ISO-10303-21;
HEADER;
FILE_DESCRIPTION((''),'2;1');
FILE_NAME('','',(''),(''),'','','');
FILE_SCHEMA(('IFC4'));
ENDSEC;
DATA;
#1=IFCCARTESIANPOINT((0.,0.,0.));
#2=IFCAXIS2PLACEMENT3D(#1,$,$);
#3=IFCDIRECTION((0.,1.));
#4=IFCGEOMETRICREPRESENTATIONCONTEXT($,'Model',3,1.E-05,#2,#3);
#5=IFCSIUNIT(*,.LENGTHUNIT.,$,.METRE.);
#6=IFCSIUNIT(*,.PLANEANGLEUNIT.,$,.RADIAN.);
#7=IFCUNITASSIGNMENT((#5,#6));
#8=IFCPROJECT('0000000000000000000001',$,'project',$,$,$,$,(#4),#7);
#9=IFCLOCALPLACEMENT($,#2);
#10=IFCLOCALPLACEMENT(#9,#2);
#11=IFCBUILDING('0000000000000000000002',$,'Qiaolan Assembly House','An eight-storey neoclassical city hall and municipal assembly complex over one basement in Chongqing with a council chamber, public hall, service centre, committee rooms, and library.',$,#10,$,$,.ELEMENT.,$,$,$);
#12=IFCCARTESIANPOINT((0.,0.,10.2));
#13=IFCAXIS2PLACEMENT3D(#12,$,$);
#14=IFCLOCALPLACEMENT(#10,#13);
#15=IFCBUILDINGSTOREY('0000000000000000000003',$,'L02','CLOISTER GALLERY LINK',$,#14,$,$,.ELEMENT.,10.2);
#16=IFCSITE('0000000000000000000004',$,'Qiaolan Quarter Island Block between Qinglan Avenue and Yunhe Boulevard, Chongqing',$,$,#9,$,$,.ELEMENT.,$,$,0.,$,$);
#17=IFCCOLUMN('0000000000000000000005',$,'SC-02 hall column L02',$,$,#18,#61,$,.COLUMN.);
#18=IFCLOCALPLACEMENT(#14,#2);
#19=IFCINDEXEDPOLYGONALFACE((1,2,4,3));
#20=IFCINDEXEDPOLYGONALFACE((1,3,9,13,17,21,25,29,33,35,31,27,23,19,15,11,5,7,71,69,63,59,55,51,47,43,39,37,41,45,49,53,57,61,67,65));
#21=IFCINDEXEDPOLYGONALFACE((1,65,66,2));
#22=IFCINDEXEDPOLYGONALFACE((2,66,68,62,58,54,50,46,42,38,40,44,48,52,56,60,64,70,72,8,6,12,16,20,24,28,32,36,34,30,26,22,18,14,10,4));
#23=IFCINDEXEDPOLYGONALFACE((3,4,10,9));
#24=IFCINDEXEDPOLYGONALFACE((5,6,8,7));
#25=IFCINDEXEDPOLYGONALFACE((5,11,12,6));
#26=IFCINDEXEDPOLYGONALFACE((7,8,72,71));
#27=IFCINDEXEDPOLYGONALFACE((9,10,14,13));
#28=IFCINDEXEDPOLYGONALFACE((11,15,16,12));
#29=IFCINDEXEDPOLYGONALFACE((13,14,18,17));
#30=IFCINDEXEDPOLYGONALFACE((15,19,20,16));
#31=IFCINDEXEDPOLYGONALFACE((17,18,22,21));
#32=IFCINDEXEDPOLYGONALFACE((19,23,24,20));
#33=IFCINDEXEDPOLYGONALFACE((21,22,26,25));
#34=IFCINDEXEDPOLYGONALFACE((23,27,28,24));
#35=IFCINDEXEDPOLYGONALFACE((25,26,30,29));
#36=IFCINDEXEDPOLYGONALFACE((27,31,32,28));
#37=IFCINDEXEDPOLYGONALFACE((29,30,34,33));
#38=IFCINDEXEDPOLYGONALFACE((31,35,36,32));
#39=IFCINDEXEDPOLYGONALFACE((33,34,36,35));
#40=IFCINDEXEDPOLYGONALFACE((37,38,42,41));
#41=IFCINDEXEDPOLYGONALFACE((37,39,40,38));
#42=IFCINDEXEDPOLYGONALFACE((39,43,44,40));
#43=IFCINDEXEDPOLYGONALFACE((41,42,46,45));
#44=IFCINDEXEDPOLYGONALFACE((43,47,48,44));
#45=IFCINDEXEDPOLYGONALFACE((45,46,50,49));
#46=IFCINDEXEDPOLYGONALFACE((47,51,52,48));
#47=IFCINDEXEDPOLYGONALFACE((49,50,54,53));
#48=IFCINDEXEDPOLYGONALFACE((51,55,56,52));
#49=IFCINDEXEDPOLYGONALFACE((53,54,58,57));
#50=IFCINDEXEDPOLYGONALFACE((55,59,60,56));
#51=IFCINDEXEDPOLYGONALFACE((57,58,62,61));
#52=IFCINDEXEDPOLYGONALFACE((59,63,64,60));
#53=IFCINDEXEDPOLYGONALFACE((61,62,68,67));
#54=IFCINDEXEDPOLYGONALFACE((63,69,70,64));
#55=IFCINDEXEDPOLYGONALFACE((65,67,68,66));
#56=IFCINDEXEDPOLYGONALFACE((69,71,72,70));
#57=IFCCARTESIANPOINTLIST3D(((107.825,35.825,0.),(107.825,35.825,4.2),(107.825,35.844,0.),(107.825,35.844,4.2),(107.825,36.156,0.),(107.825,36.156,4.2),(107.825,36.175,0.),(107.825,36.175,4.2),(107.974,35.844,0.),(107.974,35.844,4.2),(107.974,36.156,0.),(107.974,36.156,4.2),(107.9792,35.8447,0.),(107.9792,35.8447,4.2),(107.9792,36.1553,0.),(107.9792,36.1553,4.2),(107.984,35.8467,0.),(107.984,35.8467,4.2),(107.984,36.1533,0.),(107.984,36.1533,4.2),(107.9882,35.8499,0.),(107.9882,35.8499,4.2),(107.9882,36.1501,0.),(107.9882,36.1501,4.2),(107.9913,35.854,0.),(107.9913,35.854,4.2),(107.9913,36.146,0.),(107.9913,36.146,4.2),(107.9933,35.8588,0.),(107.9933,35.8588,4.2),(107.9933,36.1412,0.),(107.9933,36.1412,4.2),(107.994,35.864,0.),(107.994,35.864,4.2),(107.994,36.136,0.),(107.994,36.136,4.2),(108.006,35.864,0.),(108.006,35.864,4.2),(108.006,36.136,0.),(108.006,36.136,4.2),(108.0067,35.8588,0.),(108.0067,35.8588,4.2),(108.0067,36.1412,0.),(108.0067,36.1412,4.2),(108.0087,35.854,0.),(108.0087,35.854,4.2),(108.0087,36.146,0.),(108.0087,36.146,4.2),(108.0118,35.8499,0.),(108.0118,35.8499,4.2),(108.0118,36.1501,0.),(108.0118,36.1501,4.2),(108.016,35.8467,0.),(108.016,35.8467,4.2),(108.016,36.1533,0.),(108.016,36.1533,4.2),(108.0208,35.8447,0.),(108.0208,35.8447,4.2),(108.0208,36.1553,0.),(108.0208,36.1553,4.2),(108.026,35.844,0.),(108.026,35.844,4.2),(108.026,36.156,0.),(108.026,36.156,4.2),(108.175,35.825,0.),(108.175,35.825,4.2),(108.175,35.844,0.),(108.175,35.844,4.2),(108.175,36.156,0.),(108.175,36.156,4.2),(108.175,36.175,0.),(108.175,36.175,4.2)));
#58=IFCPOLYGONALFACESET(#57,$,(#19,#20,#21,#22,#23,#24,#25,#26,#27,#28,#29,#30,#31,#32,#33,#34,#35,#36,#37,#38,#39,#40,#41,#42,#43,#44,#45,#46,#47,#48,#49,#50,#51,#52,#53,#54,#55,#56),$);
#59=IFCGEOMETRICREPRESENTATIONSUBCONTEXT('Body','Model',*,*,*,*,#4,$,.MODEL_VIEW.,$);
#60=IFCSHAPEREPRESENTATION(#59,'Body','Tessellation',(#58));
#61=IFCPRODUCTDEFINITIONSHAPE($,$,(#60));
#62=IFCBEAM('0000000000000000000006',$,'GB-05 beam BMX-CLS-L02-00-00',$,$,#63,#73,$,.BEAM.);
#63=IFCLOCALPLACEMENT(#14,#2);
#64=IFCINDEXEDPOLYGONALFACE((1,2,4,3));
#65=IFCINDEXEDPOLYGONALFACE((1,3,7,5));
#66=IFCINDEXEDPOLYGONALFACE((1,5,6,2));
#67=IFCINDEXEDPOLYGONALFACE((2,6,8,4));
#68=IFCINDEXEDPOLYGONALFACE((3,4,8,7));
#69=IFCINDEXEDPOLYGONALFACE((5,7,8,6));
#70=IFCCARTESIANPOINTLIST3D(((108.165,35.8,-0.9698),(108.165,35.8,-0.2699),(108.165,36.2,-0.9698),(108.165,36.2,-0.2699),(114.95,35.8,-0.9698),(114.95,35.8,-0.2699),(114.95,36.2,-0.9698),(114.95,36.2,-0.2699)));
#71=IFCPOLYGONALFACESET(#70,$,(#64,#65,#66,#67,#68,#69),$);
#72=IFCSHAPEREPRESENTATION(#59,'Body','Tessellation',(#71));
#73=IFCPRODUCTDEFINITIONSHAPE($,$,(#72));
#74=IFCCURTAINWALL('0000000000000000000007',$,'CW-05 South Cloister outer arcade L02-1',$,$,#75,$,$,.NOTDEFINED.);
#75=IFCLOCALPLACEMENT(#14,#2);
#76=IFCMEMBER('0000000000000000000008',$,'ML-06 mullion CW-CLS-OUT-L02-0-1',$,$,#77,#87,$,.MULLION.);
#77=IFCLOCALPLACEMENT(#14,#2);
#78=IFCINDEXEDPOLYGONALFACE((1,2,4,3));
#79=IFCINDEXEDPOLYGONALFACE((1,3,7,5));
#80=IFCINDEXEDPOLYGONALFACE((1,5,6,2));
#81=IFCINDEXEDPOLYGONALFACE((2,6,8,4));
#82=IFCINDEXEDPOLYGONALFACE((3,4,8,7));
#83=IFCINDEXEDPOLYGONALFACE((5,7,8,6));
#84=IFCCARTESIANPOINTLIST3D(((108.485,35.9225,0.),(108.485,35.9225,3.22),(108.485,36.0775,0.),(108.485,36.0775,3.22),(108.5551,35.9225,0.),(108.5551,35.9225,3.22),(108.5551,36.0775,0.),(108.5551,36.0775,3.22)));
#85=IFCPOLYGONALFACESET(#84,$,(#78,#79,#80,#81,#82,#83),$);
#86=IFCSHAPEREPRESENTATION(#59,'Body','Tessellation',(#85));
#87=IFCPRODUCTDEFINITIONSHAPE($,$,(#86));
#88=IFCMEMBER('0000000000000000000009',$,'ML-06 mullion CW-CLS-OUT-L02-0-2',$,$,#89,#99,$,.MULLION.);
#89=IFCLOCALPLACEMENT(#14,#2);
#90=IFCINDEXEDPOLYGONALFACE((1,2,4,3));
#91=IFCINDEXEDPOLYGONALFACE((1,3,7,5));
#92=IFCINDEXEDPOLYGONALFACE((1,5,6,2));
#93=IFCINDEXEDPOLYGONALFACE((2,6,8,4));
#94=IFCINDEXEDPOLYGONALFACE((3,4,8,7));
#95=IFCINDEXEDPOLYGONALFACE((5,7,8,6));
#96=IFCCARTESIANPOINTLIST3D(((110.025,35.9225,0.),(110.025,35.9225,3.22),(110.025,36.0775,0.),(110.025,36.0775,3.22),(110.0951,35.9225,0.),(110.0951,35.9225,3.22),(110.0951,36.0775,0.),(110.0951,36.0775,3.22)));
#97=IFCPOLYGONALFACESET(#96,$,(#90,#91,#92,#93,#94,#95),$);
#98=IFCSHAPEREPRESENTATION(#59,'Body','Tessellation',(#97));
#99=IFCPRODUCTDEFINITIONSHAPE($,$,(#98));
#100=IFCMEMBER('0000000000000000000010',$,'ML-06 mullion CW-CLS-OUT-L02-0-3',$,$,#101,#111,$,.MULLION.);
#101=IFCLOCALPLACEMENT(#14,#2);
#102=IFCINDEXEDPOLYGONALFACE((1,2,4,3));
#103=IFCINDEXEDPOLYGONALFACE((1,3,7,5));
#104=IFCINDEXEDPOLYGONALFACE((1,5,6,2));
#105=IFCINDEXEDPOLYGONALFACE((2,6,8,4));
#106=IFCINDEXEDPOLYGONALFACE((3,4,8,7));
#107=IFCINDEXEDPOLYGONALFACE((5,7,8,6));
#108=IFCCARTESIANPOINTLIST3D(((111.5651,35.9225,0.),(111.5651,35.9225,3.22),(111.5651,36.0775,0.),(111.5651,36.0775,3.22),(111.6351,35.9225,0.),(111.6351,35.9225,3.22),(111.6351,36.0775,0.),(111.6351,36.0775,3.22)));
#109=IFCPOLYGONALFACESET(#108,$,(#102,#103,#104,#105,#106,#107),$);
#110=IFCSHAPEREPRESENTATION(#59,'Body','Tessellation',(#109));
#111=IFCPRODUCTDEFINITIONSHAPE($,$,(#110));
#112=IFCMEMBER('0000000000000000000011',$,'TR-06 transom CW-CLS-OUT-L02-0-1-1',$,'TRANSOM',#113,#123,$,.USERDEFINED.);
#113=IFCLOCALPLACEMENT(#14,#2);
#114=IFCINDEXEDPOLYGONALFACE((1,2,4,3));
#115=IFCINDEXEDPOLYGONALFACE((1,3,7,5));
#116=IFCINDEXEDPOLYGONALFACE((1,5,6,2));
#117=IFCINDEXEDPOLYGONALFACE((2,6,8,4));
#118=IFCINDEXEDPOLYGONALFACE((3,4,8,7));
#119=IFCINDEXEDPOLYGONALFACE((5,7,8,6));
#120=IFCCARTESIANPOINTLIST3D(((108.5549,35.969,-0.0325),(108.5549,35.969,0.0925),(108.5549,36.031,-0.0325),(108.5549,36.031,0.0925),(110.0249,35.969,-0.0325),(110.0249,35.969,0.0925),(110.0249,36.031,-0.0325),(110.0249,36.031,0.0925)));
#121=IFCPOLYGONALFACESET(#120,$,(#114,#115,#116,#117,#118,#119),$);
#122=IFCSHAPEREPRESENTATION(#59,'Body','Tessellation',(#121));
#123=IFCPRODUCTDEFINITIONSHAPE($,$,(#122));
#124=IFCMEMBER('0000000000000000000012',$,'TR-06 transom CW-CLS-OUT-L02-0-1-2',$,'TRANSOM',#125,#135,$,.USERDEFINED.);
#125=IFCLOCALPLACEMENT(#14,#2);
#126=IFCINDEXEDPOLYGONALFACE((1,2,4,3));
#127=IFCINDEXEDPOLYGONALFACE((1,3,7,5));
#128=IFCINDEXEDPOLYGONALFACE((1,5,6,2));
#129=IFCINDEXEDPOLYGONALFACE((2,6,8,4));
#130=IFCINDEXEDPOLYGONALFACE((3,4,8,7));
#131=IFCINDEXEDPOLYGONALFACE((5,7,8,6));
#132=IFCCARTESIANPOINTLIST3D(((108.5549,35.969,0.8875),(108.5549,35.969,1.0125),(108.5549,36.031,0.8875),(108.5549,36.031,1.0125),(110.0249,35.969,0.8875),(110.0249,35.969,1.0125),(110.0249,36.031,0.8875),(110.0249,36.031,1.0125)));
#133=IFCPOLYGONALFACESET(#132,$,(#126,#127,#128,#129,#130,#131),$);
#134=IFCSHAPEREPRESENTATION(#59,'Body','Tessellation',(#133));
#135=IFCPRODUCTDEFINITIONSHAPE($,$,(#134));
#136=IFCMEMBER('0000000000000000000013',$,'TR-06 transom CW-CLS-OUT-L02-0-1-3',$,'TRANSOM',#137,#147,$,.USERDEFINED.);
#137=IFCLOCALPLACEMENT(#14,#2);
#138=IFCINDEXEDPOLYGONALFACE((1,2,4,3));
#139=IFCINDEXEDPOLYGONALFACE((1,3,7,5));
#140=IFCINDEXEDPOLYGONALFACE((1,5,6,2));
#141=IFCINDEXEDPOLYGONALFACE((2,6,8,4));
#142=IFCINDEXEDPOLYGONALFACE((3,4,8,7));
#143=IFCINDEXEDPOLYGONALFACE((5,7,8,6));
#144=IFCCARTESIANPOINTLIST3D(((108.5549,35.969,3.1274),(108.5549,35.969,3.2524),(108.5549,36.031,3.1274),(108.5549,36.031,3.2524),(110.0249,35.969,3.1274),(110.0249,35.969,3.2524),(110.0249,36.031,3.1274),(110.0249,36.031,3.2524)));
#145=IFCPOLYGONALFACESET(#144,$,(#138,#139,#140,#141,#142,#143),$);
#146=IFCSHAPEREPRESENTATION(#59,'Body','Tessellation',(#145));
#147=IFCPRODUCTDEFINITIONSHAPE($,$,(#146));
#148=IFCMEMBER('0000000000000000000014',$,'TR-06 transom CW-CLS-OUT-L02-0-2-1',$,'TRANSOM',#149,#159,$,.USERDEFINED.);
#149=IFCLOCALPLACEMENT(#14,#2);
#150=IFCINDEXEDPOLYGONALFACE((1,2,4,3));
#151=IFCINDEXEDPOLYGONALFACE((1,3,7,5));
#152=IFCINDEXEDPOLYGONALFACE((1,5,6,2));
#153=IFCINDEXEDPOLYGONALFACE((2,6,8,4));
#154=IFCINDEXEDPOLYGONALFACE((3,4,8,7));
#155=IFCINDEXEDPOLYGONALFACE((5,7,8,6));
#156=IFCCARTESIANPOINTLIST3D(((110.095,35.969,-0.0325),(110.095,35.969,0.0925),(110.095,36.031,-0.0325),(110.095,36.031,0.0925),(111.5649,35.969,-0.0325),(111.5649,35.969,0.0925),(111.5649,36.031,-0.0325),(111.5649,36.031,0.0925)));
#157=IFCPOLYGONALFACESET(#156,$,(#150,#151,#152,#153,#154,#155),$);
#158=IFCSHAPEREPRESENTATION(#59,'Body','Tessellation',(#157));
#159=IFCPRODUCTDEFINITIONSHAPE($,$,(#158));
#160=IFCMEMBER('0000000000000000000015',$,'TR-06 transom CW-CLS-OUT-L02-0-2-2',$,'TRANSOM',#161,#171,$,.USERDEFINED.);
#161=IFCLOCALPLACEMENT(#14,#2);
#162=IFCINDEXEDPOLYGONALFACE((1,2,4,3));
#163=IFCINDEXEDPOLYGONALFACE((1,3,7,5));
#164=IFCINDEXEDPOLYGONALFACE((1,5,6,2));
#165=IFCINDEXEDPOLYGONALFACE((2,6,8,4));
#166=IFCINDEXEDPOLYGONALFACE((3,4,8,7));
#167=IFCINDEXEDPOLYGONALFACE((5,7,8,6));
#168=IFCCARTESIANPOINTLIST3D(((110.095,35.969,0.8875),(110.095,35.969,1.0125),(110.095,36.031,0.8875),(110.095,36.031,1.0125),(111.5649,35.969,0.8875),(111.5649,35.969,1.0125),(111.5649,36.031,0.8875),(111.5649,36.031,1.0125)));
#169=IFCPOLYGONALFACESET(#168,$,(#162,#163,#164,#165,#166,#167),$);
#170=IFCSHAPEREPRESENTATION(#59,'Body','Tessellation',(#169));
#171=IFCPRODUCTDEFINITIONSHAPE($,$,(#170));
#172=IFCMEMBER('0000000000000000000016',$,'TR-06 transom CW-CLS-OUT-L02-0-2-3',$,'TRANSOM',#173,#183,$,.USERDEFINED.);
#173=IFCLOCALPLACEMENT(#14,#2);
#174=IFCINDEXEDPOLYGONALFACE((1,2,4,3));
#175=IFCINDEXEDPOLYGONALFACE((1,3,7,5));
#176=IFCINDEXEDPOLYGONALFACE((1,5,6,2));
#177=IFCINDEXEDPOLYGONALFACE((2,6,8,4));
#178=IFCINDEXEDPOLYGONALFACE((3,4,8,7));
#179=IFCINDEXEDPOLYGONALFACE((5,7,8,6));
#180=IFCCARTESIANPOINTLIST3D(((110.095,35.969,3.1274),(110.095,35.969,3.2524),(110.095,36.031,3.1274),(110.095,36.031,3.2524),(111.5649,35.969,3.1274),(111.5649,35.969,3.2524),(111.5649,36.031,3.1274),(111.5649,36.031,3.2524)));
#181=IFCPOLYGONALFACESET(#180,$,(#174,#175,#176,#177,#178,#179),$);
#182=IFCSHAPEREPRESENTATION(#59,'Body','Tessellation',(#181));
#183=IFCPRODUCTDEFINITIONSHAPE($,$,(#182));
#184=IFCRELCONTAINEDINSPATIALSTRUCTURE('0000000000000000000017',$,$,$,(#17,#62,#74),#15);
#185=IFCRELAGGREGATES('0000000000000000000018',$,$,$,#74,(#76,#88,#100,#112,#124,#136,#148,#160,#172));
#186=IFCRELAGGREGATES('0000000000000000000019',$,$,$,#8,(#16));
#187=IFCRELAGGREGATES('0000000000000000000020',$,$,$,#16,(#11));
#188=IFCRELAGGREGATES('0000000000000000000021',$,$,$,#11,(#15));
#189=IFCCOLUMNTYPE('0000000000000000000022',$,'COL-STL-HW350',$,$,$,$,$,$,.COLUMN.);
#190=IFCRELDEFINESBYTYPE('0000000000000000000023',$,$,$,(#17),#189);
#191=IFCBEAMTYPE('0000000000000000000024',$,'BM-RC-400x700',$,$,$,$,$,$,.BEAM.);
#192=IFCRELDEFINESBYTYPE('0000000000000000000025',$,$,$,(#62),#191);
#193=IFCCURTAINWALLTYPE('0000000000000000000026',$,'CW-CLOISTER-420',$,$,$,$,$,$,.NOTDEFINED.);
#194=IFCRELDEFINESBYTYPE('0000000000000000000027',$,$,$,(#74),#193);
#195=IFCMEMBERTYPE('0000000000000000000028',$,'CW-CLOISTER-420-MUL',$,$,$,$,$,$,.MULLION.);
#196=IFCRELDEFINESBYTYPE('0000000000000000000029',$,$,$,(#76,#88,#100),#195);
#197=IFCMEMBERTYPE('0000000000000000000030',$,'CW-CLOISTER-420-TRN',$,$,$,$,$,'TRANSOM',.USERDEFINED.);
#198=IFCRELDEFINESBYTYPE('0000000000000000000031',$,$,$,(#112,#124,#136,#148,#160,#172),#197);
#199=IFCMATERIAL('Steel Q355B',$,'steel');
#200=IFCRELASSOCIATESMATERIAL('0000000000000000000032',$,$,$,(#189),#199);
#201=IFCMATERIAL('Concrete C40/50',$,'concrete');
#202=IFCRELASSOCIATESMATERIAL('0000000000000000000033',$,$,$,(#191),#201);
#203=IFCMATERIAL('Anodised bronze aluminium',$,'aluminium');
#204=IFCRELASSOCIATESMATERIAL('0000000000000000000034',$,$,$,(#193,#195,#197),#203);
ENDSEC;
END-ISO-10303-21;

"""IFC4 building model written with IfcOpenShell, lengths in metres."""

from ifc_helpers import new_model, si_unit, direction, frame, origin, origin_2d, place, context, subcontext, project, spatial, rectangle, i_section, extrude, material, material_profile, profile_set, type_object, element, aggregate, save


model = new_model("IFC4")

# Units and contexts
model_context = context("Model", 3, precision=1e-05, world=origin(), true_north=direction((0.0, 1.0)))
body_context = subcontext(model_context, "Body", "Model", "MODEL_VIEW")
ifc_project = project(units=[si_unit("LENGTHUNIT", "METRE"), si_unit("PLANEANGLEUNIT", "RADIAN")], contexts=[model_context])

# Site, building, storey
site_placement = place(None, origin())
site = spatial("IfcSite", under=ifc_project, at=site_placement, Name="Qiaolan Quarter Island Block between Qinglan Avenue and Yunhe Boulevard, Chongqing", CompositionType="ELEMENT", RefElevation=0.0)
building_placement = place(site_placement, origin())
building = spatial("IfcBuilding", under=site, at=building_placement, Name="Qiaolan Assembly House", Description="An eight-storey neoclassical city hall and municipal assembly complex over one basement in Chongqing with a council chamber, public hall, service centre, committee rooms, and library.", CompositionType="ELEMENT")
storey_placement = place(building_placement, frame((0.0, 0.0, 10.2)))
storey = spatial("IfcBuildingStorey", under=building, at=storey_placement, Name="L02", Description="CLOISTER GALLERY LINK", CompositionType="ELEMENT", Elevation=10.2)

# Column
ifc_material_1 = material(Name="Steel Q355B", Category="steel")
ifc_material_profile_1 = material_profile(ifc_material_1, i_section(OverallWidth=0.3501, OverallDepth=0.3501, WebThickness=0.012, FlangeThickness=0.019, FilletRadius=0.02, at=origin_2d()), Name="HW 350x350x12x19")
ifc_profile_set_1 = profile_set([ifc_material_profile_1], Name="Steel Q355B")
column_type = type_object("IfcColumnType", Name="COL-STL-HW350", PredefinedType="COLUMN", material=ifc_profile_set_1)
column_placement = place(storey_placement, frame((108.0, 36.0, 0.0), z_axis=(0.0, 0.0, 1.0), x_axis=(1.0, 0.0, 0.0)))
element("IfcColumn", 1, at=column_placement, inside=storey, type_object=column_type, Name="SC-02 hall column L02", PredefinedType="COLUMN", context=body_context, shape_type="SweptSolid", body=[
    extrude(i_section(OverallWidth=0.3501, OverallDepth=0.3501, WebThickness=0.012, FlangeThickness=0.019, FilletRadius=0.02, at=origin_2d()), origin(), (0.0, 0.0, 1.0), 4.2),
])

# Beam
ifc_material_2 = material(Name="Concrete C40/50", Category="concrete")
ifc_material_profile_2 = material_profile(ifc_material_2, rectangle(XDim=0.3999, YDim=0.7, at=origin_2d()), Name="RCB 400x700")
ifc_profile_set_2 = profile_set([ifc_material_profile_2], Name="Concrete C40/50")
beam_type = type_object("IfcBeamType", Name="BM-RC-400x700", PredefinedType="BEAM", material=ifc_profile_set_2)
beam_placement = place(storey_placement, frame((108.165, 36.0, -0.6199), z_axis=(1.0, 0.0, 0.0), x_axis=(0.0, 1.0, 0.0)))
element("IfcBeam", 2, at=beam_placement, inside=storey, type_object=beam_type, Name="GB-05 beam BMX-CLS-L02-00-00", PredefinedType="BEAM", context=body_context, shape_type="SweptSolid", body=[
    extrude(rectangle(XDim=0.3999, YDim=0.7, at=origin_2d()), origin(), (0.0, 0.0, 1.0), 6.7849),
])

# Curtain wall, members
ifc_material_3 = material(Name="Anodised bronze aluminium", Category="aluminium")
curtain_wall_type_1 = type_object("IfcCurtainWallType", Name="CW-CLOISTER-420", PredefinedType="NOTDEFINED", material=ifc_material_3)
curtain_wall_1_placement = place(storey_placement, origin())
curtain_wall_1 = element("IfcCurtainWall", 3, at=curtain_wall_1_placement, inside=storey, type_object=curtain_wall_type_1, Name="CW-05 South Cloister outer arcade L02-1", PredefinedType="NOTDEFINED")
ifc_material_profile_3 = material_profile(ifc_material_3, rectangle(XDim=0.0701, YDim=0.155, at=origin_2d()), Name="MUL 70x155")
ifc_profile_set_3 = profile_set([ifc_material_profile_3], Name="Anodised bronze aluminium")
member_type_1 = type_object("IfcMemberType", Name="CW-CLOISTER-420-MUL", PredefinedType="MULLION", material=ifc_profile_set_3)
member_1_placement = place(storey_placement, frame((108.52, 36.0, 0.0), z_axis=(0.0, 0.0, 1.0), x_axis=(1.0, 0.0, 0.0)))
member_1 = element("IfcMember", 4, at=member_1_placement, type_object=member_type_1, Name="ML-06 mullion CW-CLS-OUT-L02-0-1", PredefinedType="MULLION", context=body_context, shape_type="SweptSolid", body=[
    extrude(rectangle(XDim=0.0701, YDim=0.155, at=origin_2d()), origin(), (0.0, 0.0, 1.0), 3.22),
])
member_2_placement = place(storey_placement, frame((110.0601, 36.0, 0.0), z_axis=(0.0, 0.0, 1.0), x_axis=(1.0, 0.0, 0.0)))
member_2 = element("IfcMember", 5, at=member_2_placement, type_object=member_type_1, Name="ML-06 mullion CW-CLS-OUT-L02-0-2", PredefinedType="MULLION", context=body_context, shape_type="SweptSolid", body=[
    extrude(rectangle(XDim=0.0701, YDim=0.155, at=origin_2d()), origin(), (0.0, 0.0, 1.0), 3.22),
])
member_3_placement = place(storey_placement, frame((111.6001, 36.0, 0.0), z_axis=(0.0, 0.0, 1.0), x_axis=(1.0, 0.0, 0.0)))
member_3 = element("IfcMember", 6, at=member_3_placement, type_object=member_type_1, Name="ML-06 mullion CW-CLS-OUT-L02-0-3", PredefinedType="MULLION", context=body_context, shape_type="SweptSolid", body=[
    extrude(rectangle(XDim=0.0701, YDim=0.155, at=origin_2d()), origin(), (0.0, 0.0, 1.0), 3.22),
])
ifc_material_profile_4 = material_profile(ifc_material_3, rectangle(XDim=0.062, YDim=0.125, at=origin_2d()), Name="TRN 62x125")
ifc_profile_set_4 = profile_set([ifc_material_profile_4], Name="Anodised bronze aluminium")
member_type_2 = type_object("IfcMemberType", Name="CW-CLOISTER-420-TRN", ElementType="TRANSOM", PredefinedType="USERDEFINED", material=ifc_profile_set_4)
member_4_placement = place(storey_placement, frame((108.5549, 36.0, 0.03), z_axis=(1.0, 0.0, 0.0), x_axis=(0.0, 1.0, 0.0)))
member_4 = element("IfcMember", 7, at=member_4_placement, type_object=member_type_2, Name="TR-06 transom CW-CLS-OUT-L02-0-1-1", ObjectType="TRANSOM", PredefinedType="USERDEFINED", context=body_context, shape_type="SweptSolid", body=[
    extrude(rectangle(XDim=0.062, YDim=0.125, at=origin_2d()), origin(), (0.0, 0.0, 1.0), 1.47),
])
member_5_placement = place(storey_placement, frame((108.5549, 36.0, 0.95), z_axis=(1.0, 0.0, 0.0), x_axis=(0.0, 1.0, 0.0)))
member_5 = element("IfcMember", 8, at=member_5_placement, type_object=member_type_2, Name="TR-06 transom CW-CLS-OUT-L02-0-1-2", ObjectType="TRANSOM", PredefinedType="USERDEFINED", context=body_context, shape_type="SweptSolid", body=[
    extrude(rectangle(XDim=0.062, YDim=0.125, at=origin_2d()), origin(), (0.0, 0.0, 1.0), 1.47),
])
member_6_placement = place(storey_placement, frame((108.5549, 36.0, 3.1899), z_axis=(1.0, 0.0, 0.0), x_axis=(0.0, 1.0, 0.0)))
member_6 = element("IfcMember", 9, at=member_6_placement, type_object=member_type_2, Name="TR-06 transom CW-CLS-OUT-L02-0-1-3", ObjectType="TRANSOM", PredefinedType="USERDEFINED", context=body_context, shape_type="SweptSolid", body=[
    extrude(rectangle(XDim=0.062, YDim=0.125, at=origin_2d()), origin(), (0.0, 0.0, 1.0), 1.47),
])
member_7_placement = place(storey_placement, frame((110.095, 36.0, 0.03), z_axis=(1.0, 0.0, 0.0), x_axis=(0.0, 1.0, 0.0)))
member_7 = element("IfcMember", 10, at=member_7_placement, type_object=member_type_2, Name="TR-06 transom CW-CLS-OUT-L02-0-2-1", ObjectType="TRANSOM", PredefinedType="USERDEFINED", context=body_context, shape_type="SweptSolid", body=[
    extrude(rectangle(XDim=0.062, YDim=0.125, at=origin_2d()), origin(), (0.0, 0.0, 1.0), 1.47),
])
member_8_placement = place(storey_placement, frame((110.095, 36.0, 0.95), z_axis=(1.0, 0.0, 0.0), x_axis=(0.0, 1.0, 0.0)))
member_8 = element("IfcMember", 11, at=member_8_placement, type_object=member_type_2, Name="TR-06 transom CW-CLS-OUT-L02-0-2-2", ObjectType="TRANSOM", PredefinedType="USERDEFINED", context=body_context, shape_type="SweptSolid", body=[
    extrude(rectangle(XDim=0.062, YDim=0.125, at=origin_2d()), origin(), (0.0, 0.0, 1.0), 1.47),
])
member_9_placement = place(storey_placement, frame((110.095, 36.0, 3.1899), z_axis=(1.0, 0.0, 0.0), x_axis=(0.0, 1.0, 0.0)))
member_9 = element("IfcMember", 12, at=member_9_placement, type_object=member_type_2, Name="TR-06 transom CW-CLS-OUT-L02-0-2-3", ObjectType="TRANSOM", PredefinedType="USERDEFINED", context=body_context, shape_type="SweptSolid", body=[
    extrude(rectangle(XDim=0.062, YDim=0.125, at=origin_2d()), origin(), (0.0, 0.0, 1.0), 1.47),
])

aggregate(curtain_wall_1, [member_1, member_2, member_3, member_4, member_5, member_6, member_7, member_8, member_9])

save(model, "model.ifc")
